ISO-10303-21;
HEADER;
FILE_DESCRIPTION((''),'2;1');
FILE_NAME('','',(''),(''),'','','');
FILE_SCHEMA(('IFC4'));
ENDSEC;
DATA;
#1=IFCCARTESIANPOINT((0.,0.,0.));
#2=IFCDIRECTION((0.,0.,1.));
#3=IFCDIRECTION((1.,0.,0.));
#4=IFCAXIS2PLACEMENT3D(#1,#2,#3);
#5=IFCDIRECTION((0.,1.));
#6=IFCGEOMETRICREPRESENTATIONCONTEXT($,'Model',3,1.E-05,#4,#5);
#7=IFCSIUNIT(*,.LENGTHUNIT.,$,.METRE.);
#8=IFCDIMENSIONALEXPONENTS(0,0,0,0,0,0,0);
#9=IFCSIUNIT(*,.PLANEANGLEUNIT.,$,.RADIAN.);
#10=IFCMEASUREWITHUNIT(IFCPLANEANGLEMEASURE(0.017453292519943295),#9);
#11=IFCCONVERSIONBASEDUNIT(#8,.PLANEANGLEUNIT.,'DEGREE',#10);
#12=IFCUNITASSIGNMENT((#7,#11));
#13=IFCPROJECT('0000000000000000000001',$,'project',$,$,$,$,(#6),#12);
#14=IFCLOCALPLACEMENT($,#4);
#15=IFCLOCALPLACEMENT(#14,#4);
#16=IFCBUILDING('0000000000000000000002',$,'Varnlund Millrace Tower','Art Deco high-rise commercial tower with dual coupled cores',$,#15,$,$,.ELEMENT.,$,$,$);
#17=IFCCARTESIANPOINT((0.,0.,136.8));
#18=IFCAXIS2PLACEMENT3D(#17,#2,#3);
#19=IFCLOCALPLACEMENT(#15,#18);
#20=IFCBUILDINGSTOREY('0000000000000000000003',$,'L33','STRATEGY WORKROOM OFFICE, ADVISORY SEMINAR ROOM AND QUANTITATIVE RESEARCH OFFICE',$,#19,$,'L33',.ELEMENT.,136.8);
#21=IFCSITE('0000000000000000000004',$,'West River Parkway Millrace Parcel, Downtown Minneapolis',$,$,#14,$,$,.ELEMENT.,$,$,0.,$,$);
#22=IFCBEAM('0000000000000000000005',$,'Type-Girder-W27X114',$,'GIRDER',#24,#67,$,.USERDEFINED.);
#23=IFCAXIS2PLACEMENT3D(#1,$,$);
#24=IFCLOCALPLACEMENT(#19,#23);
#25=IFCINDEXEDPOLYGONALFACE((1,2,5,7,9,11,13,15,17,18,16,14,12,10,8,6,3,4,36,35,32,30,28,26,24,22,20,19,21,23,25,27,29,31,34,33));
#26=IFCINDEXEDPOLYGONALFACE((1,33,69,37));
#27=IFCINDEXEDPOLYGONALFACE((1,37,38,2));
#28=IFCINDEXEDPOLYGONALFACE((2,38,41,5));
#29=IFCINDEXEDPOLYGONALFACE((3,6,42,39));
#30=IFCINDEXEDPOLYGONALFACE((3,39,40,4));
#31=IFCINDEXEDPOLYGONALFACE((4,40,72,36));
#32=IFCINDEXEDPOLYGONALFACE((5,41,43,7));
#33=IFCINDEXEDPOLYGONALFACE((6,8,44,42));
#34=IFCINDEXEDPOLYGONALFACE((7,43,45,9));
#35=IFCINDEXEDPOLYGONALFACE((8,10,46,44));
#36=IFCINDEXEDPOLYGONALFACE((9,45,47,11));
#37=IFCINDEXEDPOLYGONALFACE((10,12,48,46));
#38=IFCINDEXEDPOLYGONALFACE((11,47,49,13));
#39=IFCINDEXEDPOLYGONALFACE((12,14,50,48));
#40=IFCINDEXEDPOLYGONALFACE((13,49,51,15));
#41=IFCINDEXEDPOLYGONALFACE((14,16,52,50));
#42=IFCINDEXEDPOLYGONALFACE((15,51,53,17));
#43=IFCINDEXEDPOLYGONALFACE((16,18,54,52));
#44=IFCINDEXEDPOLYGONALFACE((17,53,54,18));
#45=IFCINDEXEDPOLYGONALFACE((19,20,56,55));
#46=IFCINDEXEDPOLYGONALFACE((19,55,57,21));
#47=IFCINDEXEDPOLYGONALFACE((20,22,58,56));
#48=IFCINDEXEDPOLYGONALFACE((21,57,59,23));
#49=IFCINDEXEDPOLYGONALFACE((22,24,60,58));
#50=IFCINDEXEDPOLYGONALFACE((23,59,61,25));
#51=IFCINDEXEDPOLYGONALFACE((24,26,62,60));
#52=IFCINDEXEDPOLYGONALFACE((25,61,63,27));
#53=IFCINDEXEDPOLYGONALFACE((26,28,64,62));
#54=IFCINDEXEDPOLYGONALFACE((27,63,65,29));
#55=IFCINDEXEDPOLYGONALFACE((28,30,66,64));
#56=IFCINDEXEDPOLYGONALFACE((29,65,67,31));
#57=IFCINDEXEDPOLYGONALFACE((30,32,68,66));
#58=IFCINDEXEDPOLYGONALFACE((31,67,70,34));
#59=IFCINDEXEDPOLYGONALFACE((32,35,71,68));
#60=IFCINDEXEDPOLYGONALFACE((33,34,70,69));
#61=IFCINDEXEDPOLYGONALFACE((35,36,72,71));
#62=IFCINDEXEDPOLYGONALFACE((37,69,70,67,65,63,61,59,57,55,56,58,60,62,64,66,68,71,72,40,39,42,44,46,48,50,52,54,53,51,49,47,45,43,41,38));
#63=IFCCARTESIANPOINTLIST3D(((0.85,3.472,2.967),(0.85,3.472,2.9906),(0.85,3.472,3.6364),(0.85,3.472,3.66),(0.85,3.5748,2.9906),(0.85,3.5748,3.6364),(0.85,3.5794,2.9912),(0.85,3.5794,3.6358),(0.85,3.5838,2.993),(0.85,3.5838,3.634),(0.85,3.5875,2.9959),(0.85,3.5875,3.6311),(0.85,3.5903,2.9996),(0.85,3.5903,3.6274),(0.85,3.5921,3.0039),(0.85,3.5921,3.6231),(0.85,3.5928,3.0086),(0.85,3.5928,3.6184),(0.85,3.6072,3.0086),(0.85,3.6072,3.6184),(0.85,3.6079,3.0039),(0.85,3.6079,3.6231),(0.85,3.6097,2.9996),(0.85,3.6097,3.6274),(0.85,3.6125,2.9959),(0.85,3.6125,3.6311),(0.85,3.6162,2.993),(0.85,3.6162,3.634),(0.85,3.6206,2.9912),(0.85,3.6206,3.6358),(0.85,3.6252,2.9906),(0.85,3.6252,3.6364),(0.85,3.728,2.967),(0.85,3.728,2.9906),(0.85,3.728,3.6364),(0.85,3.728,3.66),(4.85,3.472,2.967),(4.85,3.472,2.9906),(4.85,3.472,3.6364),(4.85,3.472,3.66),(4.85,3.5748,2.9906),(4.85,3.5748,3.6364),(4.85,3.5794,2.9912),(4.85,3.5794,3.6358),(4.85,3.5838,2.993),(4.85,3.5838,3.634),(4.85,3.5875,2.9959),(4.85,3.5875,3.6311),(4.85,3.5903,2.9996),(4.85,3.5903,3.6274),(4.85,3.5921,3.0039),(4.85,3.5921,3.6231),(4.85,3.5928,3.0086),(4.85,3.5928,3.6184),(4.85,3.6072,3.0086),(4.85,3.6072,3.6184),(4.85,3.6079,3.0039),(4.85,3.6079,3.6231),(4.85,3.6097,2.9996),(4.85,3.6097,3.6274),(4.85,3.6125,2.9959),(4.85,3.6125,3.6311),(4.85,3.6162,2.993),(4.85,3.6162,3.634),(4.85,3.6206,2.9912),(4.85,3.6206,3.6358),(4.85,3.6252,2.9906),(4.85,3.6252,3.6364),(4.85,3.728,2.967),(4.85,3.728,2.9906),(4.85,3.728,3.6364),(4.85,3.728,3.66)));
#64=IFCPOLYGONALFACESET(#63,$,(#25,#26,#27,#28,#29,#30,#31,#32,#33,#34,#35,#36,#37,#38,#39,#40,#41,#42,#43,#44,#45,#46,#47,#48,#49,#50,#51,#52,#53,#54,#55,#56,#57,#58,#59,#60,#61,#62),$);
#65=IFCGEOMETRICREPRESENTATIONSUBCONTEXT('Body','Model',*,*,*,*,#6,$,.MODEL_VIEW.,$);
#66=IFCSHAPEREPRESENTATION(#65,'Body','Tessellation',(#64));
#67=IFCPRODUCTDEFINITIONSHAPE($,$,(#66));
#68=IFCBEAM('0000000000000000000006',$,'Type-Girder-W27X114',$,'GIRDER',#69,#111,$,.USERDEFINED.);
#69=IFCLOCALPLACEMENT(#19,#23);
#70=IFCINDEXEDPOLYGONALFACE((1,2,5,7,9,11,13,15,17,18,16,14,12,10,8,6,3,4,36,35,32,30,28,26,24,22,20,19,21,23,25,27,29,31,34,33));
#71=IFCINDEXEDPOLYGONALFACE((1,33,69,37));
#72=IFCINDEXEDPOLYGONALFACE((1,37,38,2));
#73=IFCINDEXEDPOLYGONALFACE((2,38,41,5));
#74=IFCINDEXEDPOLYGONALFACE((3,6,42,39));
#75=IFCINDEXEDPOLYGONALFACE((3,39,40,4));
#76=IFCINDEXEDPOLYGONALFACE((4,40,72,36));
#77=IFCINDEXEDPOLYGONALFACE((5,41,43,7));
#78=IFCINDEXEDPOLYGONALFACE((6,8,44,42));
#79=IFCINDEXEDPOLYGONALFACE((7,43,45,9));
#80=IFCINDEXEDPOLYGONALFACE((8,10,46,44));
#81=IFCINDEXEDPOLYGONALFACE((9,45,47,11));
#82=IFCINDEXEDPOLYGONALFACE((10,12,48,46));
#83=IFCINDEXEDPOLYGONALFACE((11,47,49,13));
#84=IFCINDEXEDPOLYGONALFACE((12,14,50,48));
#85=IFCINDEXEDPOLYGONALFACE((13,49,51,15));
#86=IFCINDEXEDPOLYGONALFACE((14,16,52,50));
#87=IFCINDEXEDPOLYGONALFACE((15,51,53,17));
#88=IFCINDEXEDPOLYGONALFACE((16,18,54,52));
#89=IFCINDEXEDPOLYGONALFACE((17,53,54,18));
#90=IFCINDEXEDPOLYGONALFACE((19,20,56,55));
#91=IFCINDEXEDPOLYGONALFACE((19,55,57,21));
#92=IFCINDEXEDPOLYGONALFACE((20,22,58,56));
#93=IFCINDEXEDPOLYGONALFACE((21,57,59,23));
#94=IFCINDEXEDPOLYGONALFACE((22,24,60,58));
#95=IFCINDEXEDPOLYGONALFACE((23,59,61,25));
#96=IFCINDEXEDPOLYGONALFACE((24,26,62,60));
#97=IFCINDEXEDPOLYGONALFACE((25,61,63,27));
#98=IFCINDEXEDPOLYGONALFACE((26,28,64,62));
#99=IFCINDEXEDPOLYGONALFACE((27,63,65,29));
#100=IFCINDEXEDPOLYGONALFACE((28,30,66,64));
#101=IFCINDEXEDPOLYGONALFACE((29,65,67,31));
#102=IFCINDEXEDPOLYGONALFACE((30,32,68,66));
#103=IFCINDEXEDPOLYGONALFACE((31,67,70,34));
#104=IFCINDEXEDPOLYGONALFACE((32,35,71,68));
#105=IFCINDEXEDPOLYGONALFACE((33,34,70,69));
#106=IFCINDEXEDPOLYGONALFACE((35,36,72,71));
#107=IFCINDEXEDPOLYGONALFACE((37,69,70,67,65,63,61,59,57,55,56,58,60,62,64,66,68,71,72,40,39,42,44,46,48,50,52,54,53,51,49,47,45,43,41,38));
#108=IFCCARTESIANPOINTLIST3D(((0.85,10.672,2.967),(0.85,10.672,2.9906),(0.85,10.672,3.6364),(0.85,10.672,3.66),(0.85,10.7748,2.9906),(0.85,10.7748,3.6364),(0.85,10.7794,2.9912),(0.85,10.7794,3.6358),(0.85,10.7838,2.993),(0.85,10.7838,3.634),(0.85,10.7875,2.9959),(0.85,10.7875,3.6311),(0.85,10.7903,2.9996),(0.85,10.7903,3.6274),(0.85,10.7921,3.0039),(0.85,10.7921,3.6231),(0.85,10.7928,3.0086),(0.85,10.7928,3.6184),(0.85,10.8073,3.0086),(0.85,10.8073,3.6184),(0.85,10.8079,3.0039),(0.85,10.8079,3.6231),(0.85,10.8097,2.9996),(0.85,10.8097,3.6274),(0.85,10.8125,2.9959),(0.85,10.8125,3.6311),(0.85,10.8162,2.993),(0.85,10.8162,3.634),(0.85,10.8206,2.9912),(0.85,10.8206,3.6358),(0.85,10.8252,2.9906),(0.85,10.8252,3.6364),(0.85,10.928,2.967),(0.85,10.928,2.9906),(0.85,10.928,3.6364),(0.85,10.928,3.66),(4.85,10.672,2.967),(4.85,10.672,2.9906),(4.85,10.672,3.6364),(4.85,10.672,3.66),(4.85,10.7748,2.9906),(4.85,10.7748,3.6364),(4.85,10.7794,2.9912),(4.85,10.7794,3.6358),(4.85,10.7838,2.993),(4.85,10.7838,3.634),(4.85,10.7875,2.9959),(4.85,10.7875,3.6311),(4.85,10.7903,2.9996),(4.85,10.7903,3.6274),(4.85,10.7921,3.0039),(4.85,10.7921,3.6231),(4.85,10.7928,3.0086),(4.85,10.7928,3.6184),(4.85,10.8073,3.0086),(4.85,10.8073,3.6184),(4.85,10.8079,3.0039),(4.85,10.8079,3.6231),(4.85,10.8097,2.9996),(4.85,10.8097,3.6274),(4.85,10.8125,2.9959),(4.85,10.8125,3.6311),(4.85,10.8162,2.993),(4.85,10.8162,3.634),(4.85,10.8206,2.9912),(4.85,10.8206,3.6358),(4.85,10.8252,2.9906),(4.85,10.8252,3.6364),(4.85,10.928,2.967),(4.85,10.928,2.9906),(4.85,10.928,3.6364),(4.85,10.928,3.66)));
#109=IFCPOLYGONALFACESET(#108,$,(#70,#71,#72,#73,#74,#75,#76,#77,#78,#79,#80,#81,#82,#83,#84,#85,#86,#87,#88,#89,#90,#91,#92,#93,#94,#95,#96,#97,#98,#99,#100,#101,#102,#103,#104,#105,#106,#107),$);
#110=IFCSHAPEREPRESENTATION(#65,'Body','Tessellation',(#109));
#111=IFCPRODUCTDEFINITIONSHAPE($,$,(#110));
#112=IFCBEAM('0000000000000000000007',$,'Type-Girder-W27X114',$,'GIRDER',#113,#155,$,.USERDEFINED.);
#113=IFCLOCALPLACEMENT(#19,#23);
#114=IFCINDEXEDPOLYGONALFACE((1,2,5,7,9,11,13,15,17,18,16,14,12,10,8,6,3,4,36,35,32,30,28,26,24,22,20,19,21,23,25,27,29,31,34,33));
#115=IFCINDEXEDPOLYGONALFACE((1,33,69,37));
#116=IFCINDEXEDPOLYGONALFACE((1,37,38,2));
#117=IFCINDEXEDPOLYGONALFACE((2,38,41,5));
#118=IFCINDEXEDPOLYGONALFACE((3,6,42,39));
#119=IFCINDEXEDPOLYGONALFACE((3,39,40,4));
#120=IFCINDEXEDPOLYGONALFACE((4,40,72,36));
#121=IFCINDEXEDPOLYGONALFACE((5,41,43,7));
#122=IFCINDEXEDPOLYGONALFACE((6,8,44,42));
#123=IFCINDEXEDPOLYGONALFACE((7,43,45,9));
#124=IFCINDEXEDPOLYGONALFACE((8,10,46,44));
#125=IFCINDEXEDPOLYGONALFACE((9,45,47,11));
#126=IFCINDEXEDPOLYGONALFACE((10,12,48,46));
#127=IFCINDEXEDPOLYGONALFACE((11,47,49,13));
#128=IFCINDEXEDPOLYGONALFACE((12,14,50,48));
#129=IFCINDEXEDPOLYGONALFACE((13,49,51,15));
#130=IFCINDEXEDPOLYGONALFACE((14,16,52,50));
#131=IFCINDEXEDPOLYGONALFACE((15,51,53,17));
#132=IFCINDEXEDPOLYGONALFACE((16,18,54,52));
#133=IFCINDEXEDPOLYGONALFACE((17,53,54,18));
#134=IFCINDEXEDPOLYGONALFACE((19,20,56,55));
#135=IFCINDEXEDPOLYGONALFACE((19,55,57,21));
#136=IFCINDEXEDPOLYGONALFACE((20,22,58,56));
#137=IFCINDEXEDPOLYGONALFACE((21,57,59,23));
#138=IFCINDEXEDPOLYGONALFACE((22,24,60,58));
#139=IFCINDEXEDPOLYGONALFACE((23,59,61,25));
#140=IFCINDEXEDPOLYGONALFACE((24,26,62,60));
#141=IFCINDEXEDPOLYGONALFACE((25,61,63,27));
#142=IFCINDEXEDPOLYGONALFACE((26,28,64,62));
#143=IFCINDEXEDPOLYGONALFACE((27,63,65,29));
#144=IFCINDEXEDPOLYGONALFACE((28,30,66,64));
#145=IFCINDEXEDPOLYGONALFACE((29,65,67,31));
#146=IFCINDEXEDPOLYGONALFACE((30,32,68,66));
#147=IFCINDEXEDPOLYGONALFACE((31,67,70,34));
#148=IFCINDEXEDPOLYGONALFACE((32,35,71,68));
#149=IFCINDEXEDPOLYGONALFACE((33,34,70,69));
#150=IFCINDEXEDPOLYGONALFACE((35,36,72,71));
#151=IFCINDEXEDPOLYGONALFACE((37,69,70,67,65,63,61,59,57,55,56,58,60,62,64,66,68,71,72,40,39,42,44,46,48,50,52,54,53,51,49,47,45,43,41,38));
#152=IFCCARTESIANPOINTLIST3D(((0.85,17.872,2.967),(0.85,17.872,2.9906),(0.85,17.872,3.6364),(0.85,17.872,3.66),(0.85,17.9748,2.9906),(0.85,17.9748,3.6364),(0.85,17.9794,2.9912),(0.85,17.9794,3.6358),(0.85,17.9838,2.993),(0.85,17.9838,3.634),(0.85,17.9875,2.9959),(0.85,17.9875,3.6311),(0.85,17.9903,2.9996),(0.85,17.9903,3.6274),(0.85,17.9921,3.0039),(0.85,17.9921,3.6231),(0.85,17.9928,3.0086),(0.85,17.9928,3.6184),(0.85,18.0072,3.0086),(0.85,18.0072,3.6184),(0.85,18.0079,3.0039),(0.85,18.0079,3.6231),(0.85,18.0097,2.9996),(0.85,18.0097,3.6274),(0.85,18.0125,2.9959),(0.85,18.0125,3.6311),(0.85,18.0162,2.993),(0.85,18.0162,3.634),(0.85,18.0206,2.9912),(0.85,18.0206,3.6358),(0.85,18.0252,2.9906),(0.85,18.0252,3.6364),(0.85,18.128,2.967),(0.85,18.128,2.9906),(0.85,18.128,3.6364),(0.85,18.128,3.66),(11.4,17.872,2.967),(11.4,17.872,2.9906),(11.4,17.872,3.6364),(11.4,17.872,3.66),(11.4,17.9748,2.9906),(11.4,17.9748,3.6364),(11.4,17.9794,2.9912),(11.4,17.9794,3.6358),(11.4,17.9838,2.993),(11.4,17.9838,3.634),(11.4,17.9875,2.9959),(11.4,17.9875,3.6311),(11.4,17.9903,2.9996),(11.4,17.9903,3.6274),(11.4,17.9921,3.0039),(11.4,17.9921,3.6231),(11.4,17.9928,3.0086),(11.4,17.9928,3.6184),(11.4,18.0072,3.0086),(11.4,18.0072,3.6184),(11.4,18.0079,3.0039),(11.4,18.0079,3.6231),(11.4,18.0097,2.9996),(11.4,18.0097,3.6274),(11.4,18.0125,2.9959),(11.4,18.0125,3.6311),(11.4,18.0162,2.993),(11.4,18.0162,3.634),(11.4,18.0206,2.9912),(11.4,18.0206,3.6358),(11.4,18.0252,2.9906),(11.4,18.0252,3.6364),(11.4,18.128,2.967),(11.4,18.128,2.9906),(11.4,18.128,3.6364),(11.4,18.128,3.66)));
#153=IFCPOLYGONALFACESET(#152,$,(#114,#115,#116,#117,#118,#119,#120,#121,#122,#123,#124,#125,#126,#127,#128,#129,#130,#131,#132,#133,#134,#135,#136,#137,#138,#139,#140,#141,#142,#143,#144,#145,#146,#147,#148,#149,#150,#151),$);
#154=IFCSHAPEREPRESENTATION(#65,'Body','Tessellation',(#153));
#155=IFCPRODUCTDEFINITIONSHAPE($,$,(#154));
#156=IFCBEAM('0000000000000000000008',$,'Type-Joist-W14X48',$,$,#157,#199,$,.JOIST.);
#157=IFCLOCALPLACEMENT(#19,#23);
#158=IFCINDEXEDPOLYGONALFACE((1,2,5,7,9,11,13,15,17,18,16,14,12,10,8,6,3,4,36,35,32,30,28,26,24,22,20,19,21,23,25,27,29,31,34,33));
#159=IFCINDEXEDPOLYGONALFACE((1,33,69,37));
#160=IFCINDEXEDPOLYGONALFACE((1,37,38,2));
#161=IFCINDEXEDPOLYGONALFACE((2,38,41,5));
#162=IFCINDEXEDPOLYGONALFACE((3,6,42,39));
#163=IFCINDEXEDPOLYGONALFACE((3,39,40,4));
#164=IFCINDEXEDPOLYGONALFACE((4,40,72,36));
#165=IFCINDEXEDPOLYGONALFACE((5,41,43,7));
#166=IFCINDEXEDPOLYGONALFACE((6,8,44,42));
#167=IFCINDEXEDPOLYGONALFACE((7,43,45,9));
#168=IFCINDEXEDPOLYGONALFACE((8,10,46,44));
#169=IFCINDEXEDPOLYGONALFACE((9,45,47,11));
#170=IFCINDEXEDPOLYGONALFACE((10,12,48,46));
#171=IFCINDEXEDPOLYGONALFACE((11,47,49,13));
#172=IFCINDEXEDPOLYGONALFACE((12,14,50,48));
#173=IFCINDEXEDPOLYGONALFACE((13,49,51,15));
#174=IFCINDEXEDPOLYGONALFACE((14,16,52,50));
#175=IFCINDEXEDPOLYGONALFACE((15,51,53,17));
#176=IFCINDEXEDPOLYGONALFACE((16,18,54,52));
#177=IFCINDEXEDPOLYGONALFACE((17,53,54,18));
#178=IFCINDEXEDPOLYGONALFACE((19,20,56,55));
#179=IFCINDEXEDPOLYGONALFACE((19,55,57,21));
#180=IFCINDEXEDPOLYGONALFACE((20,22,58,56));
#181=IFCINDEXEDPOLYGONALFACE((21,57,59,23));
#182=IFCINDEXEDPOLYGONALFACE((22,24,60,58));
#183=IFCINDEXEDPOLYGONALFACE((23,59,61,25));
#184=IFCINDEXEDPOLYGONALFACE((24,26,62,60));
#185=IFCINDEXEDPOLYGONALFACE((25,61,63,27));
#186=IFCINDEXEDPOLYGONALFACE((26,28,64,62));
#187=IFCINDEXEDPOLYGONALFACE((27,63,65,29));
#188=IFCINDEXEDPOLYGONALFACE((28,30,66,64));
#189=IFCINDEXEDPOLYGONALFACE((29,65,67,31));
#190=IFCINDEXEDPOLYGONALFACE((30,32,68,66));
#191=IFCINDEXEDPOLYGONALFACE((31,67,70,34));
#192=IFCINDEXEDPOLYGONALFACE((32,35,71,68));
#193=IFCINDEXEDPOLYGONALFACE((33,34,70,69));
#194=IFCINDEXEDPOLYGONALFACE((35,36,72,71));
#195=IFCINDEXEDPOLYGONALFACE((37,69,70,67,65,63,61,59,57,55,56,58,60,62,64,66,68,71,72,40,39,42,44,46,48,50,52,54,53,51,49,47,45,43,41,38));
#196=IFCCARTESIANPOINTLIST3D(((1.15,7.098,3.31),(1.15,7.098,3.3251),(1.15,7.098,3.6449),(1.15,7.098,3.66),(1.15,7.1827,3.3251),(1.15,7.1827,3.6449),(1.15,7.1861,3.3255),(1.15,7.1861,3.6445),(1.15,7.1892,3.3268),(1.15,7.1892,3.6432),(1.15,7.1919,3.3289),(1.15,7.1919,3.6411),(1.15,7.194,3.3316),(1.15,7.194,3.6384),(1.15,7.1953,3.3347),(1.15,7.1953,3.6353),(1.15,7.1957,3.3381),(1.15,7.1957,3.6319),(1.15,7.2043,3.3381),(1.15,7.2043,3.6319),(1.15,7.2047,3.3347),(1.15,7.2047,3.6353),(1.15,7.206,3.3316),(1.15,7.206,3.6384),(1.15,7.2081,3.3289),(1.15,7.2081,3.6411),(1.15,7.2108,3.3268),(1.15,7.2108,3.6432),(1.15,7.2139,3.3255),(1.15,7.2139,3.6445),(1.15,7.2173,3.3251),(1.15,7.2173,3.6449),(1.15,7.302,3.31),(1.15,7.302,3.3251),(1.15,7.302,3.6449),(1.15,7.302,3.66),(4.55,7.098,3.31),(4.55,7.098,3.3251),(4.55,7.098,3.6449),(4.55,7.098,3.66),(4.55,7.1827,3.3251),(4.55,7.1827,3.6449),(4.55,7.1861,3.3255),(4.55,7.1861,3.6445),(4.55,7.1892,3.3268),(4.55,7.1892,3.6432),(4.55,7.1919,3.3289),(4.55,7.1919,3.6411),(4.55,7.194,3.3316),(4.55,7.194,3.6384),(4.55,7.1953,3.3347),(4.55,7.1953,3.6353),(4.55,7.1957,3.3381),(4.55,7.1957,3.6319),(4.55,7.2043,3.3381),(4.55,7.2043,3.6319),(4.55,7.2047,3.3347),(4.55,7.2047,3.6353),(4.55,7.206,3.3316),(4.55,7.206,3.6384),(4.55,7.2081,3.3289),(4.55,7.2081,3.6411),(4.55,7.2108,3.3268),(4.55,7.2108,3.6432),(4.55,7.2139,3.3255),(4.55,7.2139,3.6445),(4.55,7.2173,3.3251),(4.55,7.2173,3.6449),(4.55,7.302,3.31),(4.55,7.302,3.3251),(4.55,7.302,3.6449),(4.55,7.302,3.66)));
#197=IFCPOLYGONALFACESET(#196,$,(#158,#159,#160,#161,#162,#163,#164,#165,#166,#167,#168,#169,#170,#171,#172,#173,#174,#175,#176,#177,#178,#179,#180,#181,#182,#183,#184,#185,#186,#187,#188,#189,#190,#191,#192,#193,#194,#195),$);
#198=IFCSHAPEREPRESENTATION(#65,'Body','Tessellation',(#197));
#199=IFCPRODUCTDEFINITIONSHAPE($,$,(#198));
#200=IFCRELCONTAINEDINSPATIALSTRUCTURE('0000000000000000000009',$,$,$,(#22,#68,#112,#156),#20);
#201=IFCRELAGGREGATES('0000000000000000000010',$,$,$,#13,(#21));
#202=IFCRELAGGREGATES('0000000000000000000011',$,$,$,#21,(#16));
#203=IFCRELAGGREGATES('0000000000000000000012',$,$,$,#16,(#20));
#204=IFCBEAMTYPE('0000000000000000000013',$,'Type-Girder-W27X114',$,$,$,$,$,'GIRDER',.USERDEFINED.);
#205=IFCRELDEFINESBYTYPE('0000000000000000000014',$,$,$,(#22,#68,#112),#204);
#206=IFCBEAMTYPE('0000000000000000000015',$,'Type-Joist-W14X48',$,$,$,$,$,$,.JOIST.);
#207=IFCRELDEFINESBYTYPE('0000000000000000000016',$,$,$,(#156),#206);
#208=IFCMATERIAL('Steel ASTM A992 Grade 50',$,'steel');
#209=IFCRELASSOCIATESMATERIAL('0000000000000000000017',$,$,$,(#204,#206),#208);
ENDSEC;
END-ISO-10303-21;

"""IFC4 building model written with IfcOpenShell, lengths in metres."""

from ifc_helpers import new_model, entity, si_unit, converted_unit, direction, frame, origin_with_axes, origin_2d_with_axis, place, context, subcontext, project, spatial, i_section, extrude, material, material_profile, profile_set, type_object, element, save


model = new_model("IFC4")

# Units and contexts
model_context = context("Model", 3, precision=1e-05, world=origin_with_axes(), true_north=direction((0.0, 1.0)))
body_context = subcontext(model_context, "Body", "Model", "MODEL_VIEW")
ifc_project = project(units=[si_unit("LENGTHUNIT", "METRE"), converted_unit("PLANEANGLEUNIT", "DEGREE", entity("IfcPlaneAngleMeasure", 0.017453292519943295), si_unit("PLANEANGLEUNIT", "RADIAN"), dimensions=[0, 0, 0, 0, 0, 0, 0])], contexts=[model_context])

# Site, building, storey
site_placement = place(None, origin_with_axes())
site = spatial("IfcSite", under=ifc_project, at=site_placement, Name="West River Parkway Millrace Parcel, Downtown Minneapolis", CompositionType="ELEMENT", RefElevation=0.0)
building_placement = place(site_placement, origin_with_axes())
building = spatial("IfcBuilding", under=site, at=building_placement, Name="Varnlund Millrace Tower", Description="Art Deco high-rise commercial tower with dual coupled cores", CompositionType="ELEMENT")
storey_placement = place(building_placement, frame((0.0, 0.0, 136.8), z_axis=(0.0, 0.0, 1.0), x_axis=(1.0, 0.0, 0.0)))
storey = spatial("IfcBuildingStorey", under=building, at=storey_placement, Name="L33", Description="STRATEGY WORKROOM OFFICE, ADVISORY SEMINAR ROOM AND QUANTITATIVE RESEARCH OFFICE", LongName="L33", CompositionType="ELEMENT", Elevation=136.8)

# Beams
ifc_material_1 = material(Name="Steel ASTM A992 Grade 50", Category="steel")
ifc_material_profile_1 = material_profile(ifc_material_1, i_section(OverallWidth=0.256, OverallDepth=0.693, WebThickness=0.0145, FlangeThickness=0.0236, FilletRadius=0.018, at=origin_2d_with_axis()), Name="Steel ASTM A992 Grade 50")
ifc_profile_set_1 = profile_set([ifc_material_profile_1], Name="Steel ASTM A992 Grade 50")
beam_type_1 = type_object("IfcBeamType", Name="Type-Girder-W27X114", ElementType="GIRDER", PredefinedType="USERDEFINED", material=ifc_profile_set_1)
for number, where, z_axis, x_axis, name in (
    (1, (0.85, 3.6, 3.3135), (1.0, 0.0, 0.0), (0.0, 1.0, 0.0), "Type-Girder-W27X114"),
    (2, (0.85, 10.8, 3.3135), (1.0, 0.0, 0.0), (0.0, 1.0, 0.0), "Type-Girder-W27X114"),
):
    element("IfcBeam", number, at=place(storey_placement, frame(where, z_axis=z_axis, x_axis=x_axis)), inside=storey, type_object=beam_type_1, Name=name, ObjectType="GIRDER", PredefinedType="USERDEFINED", context=body_context, shape_type="SweptSolid", body=[
        extrude(i_section(OverallWidth=0.256, OverallDepth=0.693, WebThickness=0.0145, FlangeThickness=0.0236, FilletRadius=0.018, at=origin_2d_with_axis()), origin_with_axes(), (0.0, 0.0, 1.0), 4.0),
    ])
beam_1_placement = place(storey_placement, frame((0.85, 18.0, 3.3135), z_axis=(1.0, 0.0, 0.0), x_axis=(0.0, 1.0, 0.0)))
element("IfcBeam", 3, at=beam_1_placement, inside=storey, type_object=beam_type_1, Name="Type-Girder-W27X114", ObjectType="GIRDER", PredefinedType="USERDEFINED", context=body_context, shape_type="SweptSolid", body=[
    extrude(i_section(OverallWidth=0.256, OverallDepth=0.693, WebThickness=0.0145, FlangeThickness=0.0236, FilletRadius=0.018, at=origin_2d_with_axis()), origin_with_axes(), (0.0, 0.0, 1.0), 10.55),
])
ifc_material_profile_2 = material_profile(ifc_material_1, i_section(OverallWidth=0.204, OverallDepth=0.35, WebThickness=0.0086, FlangeThickness=0.0151, FilletRadius=0.013, at=origin_2d_with_axis()), Name="Steel ASTM A992 Grade 50")
ifc_profile_set_2 = profile_set([ifc_material_profile_2], Name="Steel ASTM A992 Grade 50")
beam_type_2 = type_object("IfcBeamType", Name="Type-Joist-W14X48", PredefinedType="JOIST", material=ifc_profile_set_2)
for number, where, z_axis, x_axis, name in (
    (4, (1.15, 7.2, 3.485), (1.0, 0.0, 0.0), (0.0, 1.0, 0.0), "Type-Joist-W14X48"),
):
    element("IfcBeam", number, at=place(storey_placement, frame(where, z_axis=z_axis, x_axis=x_axis)), inside=storey, type_object=beam_type_2, Name=name, PredefinedType="JOIST", context=body_context, shape_type="SweptSolid", body=[
        extrude(i_section(OverallWidth=0.204, OverallDepth=0.35, WebThickness=0.0086, FlangeThickness=0.0151, FilletRadius=0.013, at=origin_2d_with_axis()), origin_with_axes(), (0.0, 0.0, 1.0), 3.4),
    ])

save(model, "model.ifc")
